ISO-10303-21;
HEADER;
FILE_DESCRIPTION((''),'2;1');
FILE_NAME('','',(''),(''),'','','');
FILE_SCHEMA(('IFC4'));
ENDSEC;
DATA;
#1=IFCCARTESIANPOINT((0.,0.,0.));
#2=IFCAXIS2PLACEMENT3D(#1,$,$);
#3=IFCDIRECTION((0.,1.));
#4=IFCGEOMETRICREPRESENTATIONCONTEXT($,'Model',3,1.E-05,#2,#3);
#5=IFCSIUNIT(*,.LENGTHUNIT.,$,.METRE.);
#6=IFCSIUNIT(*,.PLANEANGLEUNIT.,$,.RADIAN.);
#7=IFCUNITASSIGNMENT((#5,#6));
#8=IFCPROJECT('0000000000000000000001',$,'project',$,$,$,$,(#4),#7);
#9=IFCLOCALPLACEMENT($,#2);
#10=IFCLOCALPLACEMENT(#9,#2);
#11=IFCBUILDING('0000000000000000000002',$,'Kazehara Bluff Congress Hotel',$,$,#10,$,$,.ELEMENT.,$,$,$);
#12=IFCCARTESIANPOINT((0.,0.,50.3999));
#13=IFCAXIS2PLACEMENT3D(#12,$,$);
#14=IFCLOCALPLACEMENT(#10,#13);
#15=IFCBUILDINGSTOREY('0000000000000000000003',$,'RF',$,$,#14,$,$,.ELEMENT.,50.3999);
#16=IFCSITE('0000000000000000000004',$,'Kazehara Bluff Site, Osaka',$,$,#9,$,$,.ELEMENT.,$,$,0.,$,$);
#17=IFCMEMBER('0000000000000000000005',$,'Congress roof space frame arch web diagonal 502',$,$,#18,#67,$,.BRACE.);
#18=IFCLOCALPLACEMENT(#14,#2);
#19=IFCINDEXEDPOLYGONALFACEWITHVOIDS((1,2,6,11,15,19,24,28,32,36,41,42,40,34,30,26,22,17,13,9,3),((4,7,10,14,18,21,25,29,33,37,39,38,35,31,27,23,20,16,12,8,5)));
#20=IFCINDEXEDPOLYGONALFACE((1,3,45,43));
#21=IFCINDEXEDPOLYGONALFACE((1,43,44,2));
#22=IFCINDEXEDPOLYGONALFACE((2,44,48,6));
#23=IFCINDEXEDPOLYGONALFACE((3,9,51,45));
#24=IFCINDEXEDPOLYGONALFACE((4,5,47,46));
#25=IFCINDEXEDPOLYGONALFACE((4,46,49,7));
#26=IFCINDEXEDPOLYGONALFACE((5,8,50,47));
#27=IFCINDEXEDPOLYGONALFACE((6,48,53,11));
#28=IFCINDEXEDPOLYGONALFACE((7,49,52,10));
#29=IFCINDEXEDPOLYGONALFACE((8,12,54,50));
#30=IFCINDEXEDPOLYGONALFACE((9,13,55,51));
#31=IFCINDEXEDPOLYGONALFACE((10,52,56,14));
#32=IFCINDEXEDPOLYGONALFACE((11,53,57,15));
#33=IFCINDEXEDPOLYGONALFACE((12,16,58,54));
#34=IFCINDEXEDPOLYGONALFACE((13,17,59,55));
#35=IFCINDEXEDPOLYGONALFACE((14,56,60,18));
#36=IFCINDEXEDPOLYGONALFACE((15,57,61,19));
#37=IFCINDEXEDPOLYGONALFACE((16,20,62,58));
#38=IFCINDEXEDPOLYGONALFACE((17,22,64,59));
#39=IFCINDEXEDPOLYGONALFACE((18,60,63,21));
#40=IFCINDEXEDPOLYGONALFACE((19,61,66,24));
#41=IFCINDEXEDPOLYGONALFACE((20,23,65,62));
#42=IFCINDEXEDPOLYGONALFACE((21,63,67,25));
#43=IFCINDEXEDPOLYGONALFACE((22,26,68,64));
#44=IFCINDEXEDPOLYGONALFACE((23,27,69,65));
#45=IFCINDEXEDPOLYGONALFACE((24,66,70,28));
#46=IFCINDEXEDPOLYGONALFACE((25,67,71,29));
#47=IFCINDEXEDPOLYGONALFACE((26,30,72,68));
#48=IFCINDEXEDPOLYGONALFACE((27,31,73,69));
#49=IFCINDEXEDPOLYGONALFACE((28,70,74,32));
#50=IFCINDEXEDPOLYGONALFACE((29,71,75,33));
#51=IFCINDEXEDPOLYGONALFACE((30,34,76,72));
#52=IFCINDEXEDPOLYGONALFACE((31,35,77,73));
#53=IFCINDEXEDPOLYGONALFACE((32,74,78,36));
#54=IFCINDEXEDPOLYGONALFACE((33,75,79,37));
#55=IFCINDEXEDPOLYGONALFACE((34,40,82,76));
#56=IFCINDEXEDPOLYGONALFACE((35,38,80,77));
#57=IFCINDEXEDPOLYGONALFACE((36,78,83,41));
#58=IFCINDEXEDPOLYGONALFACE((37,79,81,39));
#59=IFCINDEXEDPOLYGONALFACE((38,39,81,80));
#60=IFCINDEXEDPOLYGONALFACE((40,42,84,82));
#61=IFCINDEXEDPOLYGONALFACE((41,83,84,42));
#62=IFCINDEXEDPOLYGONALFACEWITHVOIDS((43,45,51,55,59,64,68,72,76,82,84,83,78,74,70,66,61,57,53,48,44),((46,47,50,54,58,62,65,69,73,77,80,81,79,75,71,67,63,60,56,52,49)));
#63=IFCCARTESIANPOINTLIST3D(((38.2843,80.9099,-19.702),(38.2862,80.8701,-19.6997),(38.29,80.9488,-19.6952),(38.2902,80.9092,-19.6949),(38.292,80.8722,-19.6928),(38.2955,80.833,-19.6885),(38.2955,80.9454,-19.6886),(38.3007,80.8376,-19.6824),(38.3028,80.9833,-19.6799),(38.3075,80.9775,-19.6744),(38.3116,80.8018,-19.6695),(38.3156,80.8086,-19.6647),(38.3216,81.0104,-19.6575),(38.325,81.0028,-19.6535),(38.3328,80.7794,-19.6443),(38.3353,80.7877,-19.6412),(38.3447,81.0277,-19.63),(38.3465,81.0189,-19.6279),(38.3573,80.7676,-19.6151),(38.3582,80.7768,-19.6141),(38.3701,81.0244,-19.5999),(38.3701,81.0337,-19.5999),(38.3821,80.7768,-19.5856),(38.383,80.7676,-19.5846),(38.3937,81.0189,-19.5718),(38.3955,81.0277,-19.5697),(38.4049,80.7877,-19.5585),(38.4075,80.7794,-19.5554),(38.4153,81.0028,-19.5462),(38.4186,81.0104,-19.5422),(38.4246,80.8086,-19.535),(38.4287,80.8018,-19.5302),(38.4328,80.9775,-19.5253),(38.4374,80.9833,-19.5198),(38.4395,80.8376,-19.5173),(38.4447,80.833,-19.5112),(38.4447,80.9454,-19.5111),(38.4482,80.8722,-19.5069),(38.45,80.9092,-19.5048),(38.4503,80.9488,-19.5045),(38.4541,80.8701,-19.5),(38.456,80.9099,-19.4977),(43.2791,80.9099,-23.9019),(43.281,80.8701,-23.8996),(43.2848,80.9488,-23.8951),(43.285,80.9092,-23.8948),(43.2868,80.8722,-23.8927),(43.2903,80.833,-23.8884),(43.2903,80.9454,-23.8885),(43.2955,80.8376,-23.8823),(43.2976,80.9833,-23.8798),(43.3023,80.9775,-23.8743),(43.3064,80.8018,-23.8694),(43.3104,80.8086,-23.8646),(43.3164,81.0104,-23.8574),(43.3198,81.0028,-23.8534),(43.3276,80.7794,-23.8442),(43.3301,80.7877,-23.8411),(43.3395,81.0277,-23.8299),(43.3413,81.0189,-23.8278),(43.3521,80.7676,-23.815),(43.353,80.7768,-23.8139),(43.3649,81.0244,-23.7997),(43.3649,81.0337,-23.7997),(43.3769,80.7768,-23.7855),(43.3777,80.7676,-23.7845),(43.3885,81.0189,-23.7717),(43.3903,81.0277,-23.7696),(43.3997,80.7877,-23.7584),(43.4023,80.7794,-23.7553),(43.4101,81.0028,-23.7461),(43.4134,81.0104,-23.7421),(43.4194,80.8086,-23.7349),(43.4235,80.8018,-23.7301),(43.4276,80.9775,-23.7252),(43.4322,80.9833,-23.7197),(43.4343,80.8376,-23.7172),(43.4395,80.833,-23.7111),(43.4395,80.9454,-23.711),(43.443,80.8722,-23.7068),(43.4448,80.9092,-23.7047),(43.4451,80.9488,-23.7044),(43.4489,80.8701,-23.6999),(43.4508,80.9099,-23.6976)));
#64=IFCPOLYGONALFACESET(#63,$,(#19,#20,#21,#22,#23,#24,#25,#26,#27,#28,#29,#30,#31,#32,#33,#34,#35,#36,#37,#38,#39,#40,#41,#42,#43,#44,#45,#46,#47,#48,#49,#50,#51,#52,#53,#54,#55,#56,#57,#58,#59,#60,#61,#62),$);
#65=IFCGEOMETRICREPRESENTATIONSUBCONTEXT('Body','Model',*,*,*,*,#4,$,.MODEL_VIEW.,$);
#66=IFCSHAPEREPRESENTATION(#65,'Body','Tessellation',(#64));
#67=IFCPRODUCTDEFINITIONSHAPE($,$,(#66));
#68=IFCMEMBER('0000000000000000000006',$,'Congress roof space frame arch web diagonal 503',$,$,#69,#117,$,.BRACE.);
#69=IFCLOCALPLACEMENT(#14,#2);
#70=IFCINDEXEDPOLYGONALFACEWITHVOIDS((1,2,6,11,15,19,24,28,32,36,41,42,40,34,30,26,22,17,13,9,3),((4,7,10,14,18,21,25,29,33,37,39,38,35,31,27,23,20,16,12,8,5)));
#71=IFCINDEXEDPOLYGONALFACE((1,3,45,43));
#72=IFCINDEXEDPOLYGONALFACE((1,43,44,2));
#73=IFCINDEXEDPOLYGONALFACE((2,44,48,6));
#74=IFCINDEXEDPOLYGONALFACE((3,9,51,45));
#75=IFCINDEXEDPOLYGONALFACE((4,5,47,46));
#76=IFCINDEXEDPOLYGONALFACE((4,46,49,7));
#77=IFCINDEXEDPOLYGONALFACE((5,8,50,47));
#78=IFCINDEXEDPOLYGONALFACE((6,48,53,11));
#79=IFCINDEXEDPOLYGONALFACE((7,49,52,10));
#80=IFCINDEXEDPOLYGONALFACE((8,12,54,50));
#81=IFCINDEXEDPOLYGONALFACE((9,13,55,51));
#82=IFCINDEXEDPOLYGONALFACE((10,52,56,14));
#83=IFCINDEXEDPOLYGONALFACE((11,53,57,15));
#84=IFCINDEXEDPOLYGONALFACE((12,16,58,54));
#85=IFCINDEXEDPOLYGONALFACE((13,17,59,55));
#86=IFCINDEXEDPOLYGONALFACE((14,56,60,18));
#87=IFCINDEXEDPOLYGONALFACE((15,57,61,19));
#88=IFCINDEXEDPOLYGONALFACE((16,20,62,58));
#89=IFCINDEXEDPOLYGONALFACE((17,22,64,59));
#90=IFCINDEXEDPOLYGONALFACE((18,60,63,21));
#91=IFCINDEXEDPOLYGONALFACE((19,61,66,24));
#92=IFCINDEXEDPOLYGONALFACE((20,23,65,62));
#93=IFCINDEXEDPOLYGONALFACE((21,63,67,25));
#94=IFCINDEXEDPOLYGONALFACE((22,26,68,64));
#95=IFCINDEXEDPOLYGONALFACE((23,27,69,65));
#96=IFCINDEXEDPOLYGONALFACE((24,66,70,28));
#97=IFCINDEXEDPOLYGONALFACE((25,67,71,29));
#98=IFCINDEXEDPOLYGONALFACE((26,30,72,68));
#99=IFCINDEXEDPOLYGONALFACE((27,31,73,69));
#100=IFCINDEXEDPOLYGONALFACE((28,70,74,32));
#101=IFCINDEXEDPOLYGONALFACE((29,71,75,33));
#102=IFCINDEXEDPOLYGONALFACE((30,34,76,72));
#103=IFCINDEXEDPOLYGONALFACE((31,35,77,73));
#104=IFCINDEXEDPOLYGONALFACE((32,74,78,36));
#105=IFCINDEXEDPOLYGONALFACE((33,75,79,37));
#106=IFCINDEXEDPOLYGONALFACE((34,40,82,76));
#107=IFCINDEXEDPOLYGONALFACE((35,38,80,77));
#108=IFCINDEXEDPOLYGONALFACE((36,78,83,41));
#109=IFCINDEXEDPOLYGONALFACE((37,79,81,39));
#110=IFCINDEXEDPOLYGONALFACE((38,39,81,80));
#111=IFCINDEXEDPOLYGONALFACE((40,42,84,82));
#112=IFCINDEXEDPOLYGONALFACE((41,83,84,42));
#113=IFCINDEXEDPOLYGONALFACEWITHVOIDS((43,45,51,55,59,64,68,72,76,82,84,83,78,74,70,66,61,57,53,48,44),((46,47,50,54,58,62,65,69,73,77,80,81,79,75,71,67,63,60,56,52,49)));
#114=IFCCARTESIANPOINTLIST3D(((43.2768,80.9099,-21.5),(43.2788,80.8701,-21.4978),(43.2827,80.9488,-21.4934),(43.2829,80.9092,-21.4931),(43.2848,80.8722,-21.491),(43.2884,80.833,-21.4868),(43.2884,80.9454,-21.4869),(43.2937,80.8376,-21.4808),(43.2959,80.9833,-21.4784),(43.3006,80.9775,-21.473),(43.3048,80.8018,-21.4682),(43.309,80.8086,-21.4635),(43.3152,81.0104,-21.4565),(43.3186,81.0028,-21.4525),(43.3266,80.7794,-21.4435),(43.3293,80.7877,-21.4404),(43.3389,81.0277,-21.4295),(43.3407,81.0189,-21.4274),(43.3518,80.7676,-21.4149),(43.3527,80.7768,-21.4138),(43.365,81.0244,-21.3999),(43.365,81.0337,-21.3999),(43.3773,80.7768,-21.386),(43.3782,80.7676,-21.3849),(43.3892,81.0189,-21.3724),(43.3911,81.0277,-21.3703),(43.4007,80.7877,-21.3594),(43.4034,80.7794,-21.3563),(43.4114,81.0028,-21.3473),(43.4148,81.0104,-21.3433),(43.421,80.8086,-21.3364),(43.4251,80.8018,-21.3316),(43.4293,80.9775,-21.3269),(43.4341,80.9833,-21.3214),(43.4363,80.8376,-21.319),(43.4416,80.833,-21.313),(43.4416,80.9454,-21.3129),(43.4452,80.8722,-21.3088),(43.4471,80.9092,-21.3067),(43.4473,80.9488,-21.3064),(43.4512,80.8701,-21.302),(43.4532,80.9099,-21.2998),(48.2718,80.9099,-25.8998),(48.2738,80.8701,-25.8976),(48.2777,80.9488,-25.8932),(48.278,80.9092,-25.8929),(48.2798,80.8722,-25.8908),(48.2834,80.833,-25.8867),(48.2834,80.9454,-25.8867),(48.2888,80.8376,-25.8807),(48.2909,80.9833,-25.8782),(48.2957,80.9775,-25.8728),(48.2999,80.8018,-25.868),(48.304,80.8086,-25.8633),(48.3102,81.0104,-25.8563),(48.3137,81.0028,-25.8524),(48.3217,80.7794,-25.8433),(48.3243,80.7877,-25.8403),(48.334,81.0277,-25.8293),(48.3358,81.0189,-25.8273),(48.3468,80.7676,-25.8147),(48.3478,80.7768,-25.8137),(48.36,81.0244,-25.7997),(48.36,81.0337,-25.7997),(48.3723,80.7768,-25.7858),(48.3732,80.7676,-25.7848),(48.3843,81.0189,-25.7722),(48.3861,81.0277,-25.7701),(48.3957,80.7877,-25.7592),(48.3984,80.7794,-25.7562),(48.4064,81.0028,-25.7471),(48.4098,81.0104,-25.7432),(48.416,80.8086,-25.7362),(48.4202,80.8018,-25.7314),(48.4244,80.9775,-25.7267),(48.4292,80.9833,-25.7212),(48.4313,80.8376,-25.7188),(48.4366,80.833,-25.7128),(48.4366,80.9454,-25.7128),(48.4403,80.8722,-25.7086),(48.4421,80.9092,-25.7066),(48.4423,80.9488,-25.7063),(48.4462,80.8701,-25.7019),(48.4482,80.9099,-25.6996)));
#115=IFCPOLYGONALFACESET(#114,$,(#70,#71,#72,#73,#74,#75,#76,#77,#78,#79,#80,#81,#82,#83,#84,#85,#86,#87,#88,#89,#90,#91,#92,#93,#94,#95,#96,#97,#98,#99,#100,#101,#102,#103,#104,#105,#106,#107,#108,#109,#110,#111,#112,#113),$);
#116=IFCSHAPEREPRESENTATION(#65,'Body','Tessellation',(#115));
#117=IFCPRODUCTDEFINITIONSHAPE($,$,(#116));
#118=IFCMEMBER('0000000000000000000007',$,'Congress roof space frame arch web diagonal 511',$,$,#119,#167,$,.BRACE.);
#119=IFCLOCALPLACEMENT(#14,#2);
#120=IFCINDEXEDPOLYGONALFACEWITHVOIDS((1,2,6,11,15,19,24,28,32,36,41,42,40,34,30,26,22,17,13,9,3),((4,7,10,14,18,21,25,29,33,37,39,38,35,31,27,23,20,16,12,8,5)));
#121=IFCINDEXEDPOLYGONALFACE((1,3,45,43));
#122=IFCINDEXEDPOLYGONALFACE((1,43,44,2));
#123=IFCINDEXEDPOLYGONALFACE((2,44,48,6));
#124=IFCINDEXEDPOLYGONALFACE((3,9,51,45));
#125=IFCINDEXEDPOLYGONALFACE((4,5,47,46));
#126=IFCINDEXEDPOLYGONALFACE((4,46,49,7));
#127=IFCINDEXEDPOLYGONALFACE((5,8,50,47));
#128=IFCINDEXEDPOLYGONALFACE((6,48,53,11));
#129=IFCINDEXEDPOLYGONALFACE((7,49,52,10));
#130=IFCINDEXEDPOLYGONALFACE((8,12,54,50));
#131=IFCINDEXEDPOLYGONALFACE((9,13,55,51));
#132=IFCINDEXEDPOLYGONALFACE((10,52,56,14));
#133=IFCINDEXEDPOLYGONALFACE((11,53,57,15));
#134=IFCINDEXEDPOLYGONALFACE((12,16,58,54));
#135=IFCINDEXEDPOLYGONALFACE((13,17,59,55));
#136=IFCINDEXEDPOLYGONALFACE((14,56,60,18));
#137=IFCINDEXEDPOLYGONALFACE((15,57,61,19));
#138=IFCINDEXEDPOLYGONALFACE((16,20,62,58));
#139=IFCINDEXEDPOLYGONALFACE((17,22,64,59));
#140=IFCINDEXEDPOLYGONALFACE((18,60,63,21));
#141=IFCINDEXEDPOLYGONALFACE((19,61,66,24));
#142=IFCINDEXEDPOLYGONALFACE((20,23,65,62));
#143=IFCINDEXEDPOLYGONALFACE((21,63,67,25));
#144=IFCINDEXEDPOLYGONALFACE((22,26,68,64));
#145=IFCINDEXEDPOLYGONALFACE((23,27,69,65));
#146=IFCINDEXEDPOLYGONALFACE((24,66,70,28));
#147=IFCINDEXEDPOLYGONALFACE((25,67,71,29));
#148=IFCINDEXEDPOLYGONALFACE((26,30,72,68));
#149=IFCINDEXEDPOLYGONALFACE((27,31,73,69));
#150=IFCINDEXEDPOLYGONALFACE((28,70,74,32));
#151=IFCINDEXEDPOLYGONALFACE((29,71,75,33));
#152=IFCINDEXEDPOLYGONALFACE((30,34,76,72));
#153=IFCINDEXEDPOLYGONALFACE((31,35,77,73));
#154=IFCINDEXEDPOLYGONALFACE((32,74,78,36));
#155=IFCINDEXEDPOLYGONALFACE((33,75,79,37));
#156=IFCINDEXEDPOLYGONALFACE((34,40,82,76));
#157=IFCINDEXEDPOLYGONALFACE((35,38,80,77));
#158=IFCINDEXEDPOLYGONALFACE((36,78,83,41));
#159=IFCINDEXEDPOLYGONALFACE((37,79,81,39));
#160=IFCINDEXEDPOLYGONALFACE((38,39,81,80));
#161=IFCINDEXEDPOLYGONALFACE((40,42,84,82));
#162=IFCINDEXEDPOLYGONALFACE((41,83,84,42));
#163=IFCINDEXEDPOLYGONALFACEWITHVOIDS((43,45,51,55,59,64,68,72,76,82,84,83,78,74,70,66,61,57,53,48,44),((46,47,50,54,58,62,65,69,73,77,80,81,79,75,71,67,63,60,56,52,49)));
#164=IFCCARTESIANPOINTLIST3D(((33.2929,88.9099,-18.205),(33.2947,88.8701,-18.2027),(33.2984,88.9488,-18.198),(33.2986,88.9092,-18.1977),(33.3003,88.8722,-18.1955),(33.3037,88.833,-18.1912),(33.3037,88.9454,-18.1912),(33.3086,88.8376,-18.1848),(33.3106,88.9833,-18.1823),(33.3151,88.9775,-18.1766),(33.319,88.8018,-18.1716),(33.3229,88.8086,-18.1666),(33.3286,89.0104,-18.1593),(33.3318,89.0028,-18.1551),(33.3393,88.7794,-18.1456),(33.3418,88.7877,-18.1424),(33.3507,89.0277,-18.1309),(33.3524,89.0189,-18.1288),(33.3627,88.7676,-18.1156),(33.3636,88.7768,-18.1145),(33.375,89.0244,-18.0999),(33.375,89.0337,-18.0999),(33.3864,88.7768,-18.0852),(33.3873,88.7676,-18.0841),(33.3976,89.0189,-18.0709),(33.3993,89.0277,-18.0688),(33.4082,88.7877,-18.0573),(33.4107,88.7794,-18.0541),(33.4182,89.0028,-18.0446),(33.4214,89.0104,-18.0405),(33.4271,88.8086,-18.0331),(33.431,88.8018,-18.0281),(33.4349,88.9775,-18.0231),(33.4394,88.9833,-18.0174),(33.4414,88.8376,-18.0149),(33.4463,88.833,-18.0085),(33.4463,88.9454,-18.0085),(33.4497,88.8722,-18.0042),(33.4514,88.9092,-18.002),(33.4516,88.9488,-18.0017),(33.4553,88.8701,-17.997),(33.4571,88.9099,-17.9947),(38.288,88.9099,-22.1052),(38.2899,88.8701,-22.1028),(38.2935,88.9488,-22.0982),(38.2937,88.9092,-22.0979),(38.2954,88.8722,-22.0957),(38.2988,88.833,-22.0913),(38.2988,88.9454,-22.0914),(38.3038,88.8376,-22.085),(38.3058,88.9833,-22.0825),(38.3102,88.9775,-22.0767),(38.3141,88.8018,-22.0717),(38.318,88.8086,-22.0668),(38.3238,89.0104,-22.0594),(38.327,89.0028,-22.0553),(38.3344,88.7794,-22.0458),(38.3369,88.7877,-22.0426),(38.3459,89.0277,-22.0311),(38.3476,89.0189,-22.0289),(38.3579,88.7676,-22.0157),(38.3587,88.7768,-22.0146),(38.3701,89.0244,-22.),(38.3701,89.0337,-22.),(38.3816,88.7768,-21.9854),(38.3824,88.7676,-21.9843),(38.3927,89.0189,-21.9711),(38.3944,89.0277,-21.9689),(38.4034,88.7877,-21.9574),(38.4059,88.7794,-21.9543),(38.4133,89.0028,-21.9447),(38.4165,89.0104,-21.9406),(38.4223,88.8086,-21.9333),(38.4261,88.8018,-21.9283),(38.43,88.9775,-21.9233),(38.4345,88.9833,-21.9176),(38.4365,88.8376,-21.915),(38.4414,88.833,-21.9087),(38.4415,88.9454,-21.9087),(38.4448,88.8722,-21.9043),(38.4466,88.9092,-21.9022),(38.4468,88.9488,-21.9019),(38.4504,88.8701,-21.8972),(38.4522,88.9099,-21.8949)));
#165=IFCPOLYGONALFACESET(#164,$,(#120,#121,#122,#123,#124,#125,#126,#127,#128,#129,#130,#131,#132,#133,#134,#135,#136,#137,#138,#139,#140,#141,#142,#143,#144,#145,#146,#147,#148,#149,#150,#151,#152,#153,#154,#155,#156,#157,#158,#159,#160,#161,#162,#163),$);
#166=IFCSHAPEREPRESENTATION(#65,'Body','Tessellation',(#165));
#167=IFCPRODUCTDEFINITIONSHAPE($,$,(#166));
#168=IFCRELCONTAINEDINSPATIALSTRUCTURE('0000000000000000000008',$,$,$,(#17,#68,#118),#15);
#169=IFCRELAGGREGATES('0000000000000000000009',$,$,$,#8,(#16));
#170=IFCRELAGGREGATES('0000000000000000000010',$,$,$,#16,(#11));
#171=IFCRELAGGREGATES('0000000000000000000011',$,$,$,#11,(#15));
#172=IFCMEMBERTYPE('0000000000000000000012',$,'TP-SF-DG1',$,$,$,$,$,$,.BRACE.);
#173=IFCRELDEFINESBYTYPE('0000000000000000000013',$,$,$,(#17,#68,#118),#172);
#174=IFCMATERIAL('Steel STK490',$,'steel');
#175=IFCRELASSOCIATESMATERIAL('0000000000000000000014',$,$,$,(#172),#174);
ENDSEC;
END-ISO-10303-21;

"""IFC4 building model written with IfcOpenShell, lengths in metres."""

from ifc_helpers import new_model, si_unit, direction, frame, origin, origin_2d, place, context, subcontext, project, spatial, hollow_circle, extrude, material, material_profile, profile_set, type_object, element, save


model = new_model("IFC4")

# Units and contexts
model_context = context("Model", 3, precision=1e-05, world=origin(), true_north=direction((0.0, 1.0)))
body_context = subcontext(model_context, "Body", "Model", "MODEL_VIEW")
ifc_project = project(units=[si_unit("LENGTHUNIT", "METRE"), si_unit("PLANEANGLEUNIT", "RADIAN")], contexts=[model_context])

# Site, building, storey
site_placement = place(None, origin())
site = spatial("IfcSite", under=ifc_project, at=site_placement, Name="Kazehara Bluff Site, Osaka", CompositionType="ELEMENT", RefElevation=0.0)
building_placement = place(site_placement, origin())
building = spatial("IfcBuilding", under=site, at=building_placement, Name="Kazehara Bluff Congress Hotel", CompositionType="ELEMENT")
storey_placement = place(building_placement, frame((0.0, 0.0, 50.3999)))
storey = spatial("IfcBuildingStorey", under=building, at=storey_placement, Name="RF", CompositionType="ELEMENT", Elevation=50.3999)

# Members
ifc_material_1 = material(Name="Steel STK490", Category="steel")
ifc_material_profile_1 = material_profile(ifc_material_1, hollow_circle(Radius=0.1338, WallThickness=0.0093, at=origin_2d()))
ifc_profile_set_1 = profile_set([ifc_material_profile_1], Name="Steel STK490")
member_type_1 = type_object("IfcMemberType", Name="TP-SF-DG1", PredefinedType="BRACE", material=ifc_profile_set_1)
member_1_placement = place(storey_placement, frame((38.3701, 80.8999, -19.5999), z_axis=(0.765383, 0.0, -0.643575), x_axis=(0.0, 1.0, 0.0)))
element("IfcMember", 1, at=member_1_placement, inside=storey, type_object=member_type_1, Name="Congress roof space frame arch web diagonal 502", PredefinedType="BRACE", context=body_context, shape_type="SweptSolid", body=[
    extrude(hollow_circle(Radius=0.1338, WallThickness=0.0093, at=origin_2d()), origin(), (0.0, 0.0, 1.0), 6.5259),
])
member_2_placement = place(storey_placement, frame((43.365, 80.8999, -21.3999), z_axis=(0.750401, 0.0, -0.660983), x_axis=(0.0, 1.0, 0.0)))
element("IfcMember", 2, at=member_2_placement, inside=storey, type_object=member_type_1, Name="Congress roof space frame arch web diagonal 503", PredefinedType="BRACE", context=body_context, shape_type="SweptSolid", body=[
    extrude(hollow_circle(Radius=0.1338, WallThickness=0.0093, at=origin_2d()), origin(), (0.0, 0.0, 1.0), 6.6565),
])
member_3_placement = place(storey_placement, frame((33.375, 88.8999, -18.0999), z_axis=(0.7882, 0.0, -0.61542), x_axis=(0.0, 1.0, 0.0)))
element("IfcMember", 3, at=member_3_placement, inside=storey, type_object=member_type_1, Name="Congress roof space frame arch web diagonal 511", PredefinedType="BRACE", context=body_context, shape_type="SweptSolid", body=[
    extrude(hollow_circle(Radius=0.1338, WallThickness=0.0093, at=origin_2d()), origin(), (0.0, 0.0, 1.0), 6.3374),
])

save(model, "model.ifc")
